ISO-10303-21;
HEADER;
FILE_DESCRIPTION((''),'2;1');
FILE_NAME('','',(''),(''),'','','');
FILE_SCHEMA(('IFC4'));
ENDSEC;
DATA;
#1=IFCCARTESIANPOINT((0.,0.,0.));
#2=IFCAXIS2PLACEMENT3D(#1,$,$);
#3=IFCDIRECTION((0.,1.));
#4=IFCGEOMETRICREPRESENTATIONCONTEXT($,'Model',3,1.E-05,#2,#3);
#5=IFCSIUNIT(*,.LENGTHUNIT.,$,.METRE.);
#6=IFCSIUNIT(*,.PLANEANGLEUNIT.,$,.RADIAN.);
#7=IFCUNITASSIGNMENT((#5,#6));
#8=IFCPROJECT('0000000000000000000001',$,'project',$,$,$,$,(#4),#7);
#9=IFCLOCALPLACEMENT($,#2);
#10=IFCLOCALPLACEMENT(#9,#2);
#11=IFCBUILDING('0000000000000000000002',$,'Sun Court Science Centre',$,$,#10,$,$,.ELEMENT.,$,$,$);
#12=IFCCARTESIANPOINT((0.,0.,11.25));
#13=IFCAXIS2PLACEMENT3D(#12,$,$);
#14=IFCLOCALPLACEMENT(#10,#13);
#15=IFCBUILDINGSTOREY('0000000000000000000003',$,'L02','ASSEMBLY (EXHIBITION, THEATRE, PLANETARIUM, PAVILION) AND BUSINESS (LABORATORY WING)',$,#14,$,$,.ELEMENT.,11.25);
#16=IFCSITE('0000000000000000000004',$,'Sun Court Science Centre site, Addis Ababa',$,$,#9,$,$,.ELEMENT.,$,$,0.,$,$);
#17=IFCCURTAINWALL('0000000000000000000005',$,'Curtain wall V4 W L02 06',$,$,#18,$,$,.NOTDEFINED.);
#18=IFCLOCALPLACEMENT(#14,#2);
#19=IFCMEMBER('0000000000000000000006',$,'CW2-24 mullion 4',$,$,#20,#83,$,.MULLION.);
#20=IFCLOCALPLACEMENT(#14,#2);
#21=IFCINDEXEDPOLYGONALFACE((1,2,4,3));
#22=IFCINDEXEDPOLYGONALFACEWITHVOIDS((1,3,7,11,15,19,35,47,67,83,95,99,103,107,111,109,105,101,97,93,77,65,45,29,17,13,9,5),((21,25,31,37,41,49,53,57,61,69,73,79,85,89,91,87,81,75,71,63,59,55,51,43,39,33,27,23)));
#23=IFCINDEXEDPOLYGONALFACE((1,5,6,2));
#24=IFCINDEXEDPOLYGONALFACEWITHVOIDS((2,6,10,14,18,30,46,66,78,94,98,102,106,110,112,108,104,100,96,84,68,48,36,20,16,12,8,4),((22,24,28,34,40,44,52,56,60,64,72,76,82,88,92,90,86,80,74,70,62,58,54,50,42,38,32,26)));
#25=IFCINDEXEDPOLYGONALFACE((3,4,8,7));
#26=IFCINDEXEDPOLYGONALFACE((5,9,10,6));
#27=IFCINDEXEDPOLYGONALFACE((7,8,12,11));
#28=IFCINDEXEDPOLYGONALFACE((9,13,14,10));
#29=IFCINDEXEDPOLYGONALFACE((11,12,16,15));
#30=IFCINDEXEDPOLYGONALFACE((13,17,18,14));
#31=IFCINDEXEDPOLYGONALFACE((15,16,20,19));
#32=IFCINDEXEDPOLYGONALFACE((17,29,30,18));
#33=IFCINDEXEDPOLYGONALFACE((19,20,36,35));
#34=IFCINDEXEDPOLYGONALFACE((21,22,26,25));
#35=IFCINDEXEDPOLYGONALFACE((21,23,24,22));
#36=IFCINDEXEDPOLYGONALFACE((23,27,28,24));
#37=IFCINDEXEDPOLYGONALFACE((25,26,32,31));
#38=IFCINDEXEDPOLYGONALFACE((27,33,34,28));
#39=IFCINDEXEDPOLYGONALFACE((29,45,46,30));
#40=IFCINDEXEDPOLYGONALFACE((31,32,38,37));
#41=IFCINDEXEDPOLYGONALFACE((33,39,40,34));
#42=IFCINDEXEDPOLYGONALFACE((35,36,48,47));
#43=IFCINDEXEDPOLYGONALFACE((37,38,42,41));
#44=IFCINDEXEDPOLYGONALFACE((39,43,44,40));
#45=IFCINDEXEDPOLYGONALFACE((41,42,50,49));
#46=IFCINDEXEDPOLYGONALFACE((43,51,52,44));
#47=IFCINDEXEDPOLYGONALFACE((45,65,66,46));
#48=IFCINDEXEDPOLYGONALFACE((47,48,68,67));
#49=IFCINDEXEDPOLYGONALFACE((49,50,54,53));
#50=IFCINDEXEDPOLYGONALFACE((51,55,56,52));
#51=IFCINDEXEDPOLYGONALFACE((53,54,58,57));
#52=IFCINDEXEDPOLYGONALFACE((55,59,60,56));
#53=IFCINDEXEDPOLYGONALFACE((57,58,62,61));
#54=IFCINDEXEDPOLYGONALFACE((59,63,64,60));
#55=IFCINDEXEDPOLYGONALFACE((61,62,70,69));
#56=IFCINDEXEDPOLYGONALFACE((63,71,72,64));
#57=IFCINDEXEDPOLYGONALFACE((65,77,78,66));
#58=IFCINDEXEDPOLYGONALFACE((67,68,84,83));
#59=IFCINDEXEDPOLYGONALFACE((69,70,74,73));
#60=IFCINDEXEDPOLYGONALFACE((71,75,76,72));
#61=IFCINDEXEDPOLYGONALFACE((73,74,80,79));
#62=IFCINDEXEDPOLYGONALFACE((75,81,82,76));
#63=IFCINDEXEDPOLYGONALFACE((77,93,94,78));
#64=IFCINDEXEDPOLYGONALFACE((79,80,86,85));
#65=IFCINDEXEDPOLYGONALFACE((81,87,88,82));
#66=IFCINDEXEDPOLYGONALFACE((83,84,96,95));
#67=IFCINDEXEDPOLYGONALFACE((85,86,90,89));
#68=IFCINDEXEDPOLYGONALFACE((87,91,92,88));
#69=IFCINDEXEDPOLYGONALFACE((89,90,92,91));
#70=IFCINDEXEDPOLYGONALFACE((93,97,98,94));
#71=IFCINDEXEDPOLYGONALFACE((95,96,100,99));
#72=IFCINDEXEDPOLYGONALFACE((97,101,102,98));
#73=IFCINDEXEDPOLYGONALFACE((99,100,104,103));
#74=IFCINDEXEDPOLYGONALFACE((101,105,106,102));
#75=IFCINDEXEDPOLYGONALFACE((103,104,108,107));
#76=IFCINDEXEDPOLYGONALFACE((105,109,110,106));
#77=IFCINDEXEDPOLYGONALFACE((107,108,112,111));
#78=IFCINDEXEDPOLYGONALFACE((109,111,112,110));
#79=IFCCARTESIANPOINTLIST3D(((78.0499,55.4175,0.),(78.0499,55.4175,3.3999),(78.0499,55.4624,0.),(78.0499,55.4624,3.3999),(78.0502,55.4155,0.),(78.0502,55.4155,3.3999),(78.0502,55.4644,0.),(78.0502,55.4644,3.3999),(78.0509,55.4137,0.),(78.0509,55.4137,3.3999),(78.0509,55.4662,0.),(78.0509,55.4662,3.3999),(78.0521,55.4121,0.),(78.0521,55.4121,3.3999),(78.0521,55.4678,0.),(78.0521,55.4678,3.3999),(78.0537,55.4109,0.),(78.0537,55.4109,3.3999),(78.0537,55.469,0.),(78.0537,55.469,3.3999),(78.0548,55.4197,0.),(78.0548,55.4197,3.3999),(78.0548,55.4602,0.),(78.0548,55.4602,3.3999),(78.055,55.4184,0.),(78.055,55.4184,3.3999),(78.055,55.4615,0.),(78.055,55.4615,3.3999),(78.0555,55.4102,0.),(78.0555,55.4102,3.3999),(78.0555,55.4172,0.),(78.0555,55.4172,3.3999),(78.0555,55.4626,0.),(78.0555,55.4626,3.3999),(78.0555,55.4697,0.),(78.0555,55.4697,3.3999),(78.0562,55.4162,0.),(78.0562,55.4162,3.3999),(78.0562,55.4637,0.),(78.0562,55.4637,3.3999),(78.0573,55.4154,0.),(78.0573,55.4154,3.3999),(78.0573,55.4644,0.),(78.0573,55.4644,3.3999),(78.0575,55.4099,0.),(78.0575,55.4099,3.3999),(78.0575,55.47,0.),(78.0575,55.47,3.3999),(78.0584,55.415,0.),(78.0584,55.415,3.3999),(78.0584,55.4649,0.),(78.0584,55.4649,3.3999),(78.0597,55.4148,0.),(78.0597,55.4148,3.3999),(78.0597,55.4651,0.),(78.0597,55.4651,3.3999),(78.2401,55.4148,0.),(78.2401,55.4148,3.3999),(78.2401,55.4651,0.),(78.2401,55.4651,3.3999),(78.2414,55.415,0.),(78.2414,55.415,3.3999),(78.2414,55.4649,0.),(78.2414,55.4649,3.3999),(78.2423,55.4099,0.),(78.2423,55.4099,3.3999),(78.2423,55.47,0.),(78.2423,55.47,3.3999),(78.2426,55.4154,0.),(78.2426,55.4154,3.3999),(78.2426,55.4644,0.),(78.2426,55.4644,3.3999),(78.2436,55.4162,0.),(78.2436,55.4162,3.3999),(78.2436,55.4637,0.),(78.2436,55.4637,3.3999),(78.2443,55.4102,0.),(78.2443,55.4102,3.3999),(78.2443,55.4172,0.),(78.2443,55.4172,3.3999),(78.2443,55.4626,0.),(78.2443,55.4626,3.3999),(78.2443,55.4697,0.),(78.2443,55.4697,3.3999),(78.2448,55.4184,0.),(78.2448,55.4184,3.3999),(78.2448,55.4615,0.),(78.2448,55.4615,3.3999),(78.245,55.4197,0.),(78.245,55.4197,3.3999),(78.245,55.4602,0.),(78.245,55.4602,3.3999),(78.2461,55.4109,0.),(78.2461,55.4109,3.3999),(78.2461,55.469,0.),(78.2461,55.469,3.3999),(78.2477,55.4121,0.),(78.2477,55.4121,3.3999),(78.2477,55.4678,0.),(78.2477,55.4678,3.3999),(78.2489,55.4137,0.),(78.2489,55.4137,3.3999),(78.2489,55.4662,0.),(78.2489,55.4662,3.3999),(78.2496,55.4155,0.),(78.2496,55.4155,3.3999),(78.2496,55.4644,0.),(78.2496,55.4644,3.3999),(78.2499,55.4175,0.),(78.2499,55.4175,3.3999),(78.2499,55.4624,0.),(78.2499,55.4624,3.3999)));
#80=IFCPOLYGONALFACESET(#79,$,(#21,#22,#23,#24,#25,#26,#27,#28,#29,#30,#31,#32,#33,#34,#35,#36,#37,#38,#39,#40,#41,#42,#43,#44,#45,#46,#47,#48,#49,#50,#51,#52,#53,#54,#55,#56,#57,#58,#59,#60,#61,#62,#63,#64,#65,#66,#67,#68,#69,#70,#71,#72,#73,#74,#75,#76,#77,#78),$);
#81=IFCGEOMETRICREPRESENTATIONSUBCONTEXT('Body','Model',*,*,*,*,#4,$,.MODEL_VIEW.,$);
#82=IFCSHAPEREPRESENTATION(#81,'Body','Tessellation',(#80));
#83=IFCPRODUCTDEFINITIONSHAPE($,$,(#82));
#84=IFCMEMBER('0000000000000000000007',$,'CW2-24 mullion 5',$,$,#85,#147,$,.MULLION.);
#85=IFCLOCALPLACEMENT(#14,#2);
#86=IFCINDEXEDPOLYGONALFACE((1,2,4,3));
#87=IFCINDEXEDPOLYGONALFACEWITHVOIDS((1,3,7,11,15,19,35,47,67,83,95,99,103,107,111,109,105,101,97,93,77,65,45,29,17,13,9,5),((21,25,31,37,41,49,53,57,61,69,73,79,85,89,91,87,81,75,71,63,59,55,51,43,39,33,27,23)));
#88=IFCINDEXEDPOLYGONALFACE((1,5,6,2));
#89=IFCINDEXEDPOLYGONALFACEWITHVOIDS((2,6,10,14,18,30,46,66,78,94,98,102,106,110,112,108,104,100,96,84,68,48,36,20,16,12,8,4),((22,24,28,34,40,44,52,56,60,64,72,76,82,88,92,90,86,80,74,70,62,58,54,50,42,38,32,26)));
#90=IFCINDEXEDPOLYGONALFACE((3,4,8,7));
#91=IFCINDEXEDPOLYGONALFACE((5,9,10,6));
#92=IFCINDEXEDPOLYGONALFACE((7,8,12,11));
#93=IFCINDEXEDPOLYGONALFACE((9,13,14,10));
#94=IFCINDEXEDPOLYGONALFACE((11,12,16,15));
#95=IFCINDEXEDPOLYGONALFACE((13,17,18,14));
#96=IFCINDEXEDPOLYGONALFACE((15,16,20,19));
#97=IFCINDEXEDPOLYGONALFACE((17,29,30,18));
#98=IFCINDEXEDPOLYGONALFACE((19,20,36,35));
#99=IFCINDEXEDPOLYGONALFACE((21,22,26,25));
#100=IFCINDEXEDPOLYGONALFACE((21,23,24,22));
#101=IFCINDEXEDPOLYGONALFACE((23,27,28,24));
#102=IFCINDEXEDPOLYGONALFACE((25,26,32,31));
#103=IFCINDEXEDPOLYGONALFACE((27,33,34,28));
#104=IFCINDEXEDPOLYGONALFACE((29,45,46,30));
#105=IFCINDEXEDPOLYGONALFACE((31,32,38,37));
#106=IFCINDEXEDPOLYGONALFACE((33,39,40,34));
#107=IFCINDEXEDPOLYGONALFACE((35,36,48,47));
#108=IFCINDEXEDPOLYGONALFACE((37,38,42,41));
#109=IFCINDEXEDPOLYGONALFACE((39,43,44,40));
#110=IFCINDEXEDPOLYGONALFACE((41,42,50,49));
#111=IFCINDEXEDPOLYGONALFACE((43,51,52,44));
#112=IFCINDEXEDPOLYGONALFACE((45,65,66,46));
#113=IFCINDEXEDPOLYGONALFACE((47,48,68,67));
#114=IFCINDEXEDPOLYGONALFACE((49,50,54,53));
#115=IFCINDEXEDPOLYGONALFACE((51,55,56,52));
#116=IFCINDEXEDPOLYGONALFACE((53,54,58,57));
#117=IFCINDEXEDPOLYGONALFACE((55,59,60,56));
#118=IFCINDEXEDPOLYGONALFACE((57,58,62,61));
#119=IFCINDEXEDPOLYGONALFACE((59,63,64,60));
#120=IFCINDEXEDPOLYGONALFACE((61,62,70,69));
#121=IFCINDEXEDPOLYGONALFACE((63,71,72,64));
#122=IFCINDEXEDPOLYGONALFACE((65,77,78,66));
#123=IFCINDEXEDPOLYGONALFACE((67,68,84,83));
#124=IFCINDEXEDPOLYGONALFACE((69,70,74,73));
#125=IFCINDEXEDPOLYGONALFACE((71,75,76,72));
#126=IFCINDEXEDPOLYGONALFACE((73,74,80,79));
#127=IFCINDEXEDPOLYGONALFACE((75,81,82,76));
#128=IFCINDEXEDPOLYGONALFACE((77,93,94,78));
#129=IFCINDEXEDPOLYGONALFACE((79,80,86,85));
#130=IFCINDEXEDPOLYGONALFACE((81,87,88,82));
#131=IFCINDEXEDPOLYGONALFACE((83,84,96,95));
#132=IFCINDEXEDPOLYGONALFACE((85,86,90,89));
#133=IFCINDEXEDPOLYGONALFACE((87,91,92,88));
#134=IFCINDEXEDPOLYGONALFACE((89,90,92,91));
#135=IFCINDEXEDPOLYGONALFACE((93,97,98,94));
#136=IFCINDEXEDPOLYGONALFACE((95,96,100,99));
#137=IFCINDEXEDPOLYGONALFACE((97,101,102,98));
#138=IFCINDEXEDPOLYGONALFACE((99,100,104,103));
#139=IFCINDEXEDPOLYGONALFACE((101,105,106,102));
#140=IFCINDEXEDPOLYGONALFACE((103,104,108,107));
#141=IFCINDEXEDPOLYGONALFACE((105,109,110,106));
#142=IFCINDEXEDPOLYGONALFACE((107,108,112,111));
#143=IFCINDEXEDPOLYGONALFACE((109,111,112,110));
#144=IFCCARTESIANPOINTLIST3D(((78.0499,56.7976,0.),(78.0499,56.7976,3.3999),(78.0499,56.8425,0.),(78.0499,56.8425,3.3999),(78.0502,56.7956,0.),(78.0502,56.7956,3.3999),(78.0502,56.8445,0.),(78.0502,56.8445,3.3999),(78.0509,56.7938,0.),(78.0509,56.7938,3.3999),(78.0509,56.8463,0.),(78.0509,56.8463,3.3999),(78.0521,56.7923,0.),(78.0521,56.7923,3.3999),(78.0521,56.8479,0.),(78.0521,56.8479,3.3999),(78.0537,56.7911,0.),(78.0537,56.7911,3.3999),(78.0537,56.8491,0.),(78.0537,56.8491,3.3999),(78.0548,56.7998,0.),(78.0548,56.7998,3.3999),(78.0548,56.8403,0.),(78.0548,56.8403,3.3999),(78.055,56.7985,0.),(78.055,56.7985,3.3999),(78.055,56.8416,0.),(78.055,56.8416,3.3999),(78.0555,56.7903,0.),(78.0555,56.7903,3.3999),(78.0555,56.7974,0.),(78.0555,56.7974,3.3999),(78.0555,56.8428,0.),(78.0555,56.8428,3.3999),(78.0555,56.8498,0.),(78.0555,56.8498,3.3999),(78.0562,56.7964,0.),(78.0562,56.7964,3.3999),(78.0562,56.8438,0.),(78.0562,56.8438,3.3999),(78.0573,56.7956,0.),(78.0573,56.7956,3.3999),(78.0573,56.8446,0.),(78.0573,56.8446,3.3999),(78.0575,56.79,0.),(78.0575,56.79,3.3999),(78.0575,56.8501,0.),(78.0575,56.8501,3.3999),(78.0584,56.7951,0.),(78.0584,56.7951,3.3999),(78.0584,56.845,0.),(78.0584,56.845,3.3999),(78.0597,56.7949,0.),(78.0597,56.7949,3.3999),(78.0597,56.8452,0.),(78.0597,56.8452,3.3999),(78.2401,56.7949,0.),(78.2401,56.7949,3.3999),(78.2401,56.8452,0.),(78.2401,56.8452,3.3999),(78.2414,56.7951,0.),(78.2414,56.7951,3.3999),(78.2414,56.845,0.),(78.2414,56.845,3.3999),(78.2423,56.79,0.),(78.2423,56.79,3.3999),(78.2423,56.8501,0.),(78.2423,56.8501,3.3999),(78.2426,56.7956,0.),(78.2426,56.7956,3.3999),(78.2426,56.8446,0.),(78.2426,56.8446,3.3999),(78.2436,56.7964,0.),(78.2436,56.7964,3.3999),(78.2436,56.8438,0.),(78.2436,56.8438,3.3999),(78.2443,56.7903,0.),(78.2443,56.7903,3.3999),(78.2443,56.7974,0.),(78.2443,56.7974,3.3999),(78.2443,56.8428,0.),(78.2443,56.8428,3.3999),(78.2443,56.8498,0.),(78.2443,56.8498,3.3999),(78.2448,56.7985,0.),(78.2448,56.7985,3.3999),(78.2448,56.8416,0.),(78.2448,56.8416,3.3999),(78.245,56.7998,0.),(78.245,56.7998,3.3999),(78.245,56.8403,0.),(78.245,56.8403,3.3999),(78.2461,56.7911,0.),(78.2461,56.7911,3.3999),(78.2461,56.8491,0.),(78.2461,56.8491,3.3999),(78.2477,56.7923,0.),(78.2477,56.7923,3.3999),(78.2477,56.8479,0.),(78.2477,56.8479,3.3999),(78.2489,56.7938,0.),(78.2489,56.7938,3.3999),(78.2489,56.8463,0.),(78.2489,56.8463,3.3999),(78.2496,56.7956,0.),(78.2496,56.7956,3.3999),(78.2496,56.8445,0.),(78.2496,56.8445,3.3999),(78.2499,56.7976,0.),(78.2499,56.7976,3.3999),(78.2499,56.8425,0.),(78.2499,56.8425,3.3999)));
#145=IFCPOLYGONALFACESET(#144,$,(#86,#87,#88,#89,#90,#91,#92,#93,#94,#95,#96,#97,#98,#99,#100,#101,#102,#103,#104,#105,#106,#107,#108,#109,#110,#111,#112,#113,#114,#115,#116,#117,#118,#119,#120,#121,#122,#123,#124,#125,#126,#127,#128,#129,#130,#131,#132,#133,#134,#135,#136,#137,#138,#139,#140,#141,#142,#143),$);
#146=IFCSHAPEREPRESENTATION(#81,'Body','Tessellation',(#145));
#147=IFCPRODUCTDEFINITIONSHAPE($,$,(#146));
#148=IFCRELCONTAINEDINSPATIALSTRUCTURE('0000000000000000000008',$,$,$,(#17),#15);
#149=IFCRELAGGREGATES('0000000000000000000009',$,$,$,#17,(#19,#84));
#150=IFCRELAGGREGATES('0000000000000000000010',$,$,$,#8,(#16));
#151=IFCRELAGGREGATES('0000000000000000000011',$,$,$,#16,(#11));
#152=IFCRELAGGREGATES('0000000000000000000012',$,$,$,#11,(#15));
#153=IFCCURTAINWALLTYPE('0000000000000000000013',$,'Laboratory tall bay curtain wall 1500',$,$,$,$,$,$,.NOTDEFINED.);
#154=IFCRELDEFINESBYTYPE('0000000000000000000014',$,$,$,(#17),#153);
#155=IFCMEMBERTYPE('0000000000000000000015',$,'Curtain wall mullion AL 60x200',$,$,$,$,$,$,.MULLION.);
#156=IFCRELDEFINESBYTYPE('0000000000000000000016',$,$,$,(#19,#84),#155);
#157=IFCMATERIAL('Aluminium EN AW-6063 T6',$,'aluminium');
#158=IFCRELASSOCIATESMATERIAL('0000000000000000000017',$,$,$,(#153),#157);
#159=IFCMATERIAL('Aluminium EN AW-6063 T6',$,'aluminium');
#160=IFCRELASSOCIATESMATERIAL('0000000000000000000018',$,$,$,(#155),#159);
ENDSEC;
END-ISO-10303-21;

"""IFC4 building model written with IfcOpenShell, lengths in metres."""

from ifc_helpers import new_model, si_unit, direction, frame, origin, origin_2d, place, context, subcontext, project, spatial, hollow_rectangle, extrude, material, material_profile, profile_set, type_object, element, aggregate, save


model = new_model("IFC4")

# Units and contexts
model_context = context("Model", 3, precision=1e-05, world=origin(), true_north=direction((0.0, 1.0)))
body_context = subcontext(model_context, "Body", "Model", "MODEL_VIEW")
ifc_project = project(units=[si_unit("LENGTHUNIT", "METRE"), si_unit("PLANEANGLEUNIT", "RADIAN")], contexts=[model_context])

# Site, building, storey
site_placement = place(None, origin())
site = spatial("IfcSite", under=ifc_project, at=site_placement, Name="Sun Court Science Centre site, Addis Ababa", CompositionType="ELEMENT", RefElevation=0.0)
building_placement = place(site_placement, origin())
building = spatial("IfcBuilding", under=site, at=building_placement, Name="Sun Court Science Centre", CompositionType="ELEMENT")
storey_placement = place(building_placement, frame((0.0, 0.0, 11.25)))
storey = spatial("IfcBuildingStorey", under=building, at=storey_placement, Name="L02", Description="ASSEMBLY (EXHIBITION, THEATRE, PLANETARIUM, PAVILION) AND BUSINESS (LABORATORY WING)", CompositionType="ELEMENT", Elevation=11.25)

# Shared definitions
ifc_material_1 = material(Name="Aluminium EN AW-6063 T6", Category="aluminium")
curtain_wall_type = type_object("IfcCurtainWallType", Name="Laboratory tall bay curtain wall 1500", PredefinedType="NOTDEFINED", material=ifc_material_1)
ifc_material_2 = material(Name="Aluminium EN AW-6063 T6", Category="aluminium")
ifc_material_profile_1 = material_profile(ifc_material_2, hollow_rectangle(XDim=0.0601, YDim=0.2, WallThickness=0.0049, InnerFilletRadius=0.0049, OuterFilletRadius=0.0076, at=origin_2d()), Name="AL 60x200x5")
ifc_profile_set_1 = profile_set([ifc_material_profile_1], Name="Aluminium EN AW-6063 T6")
member_type_1 = type_object("IfcMemberType", Name="Curtain wall mullion AL 60x200", PredefinedType="MULLION", material=ifc_profile_set_1)

# Curtain wall, members
curtain_wall_1_placement = place(storey_placement, origin())
curtain_wall_1 = element("IfcCurtainWall", 1, at=curtain_wall_1_placement, inside=storey, type_object=curtain_wall_type, Name="Curtain wall V4 W L02 06", PredefinedType="NOTDEFINED")
member_1_placement = place(storey_placement, frame((78.1499, 55.4399, 0.0), z_axis=(0.0, 0.0, 1.0), x_axis=(0.0, 1.0, 0.0)))
member_1 = element("IfcMember", 2, at=member_1_placement, type_object=member_type_1, Name="CW2-24 mullion 4", PredefinedType="MULLION", context=body_context, shape_type="SweptSolid", body=[
    extrude(hollow_rectangle(XDim=0.0601, YDim=0.2, WallThickness=0.0049, InnerFilletRadius=0.0049, OuterFilletRadius=0.0076, at=origin_2d()), origin(), (0.0, 0.0, 1.0), 3.3999),
])
member_2_placement = place(storey_placement, frame((78.1499, 56.8201, 0.0), z_axis=(0.0, 0.0, 1.0), x_axis=(0.0, 1.0, 0.0)))
member_2 = element("IfcMember", 3, at=member_2_placement, type_object=member_type_1, Name="CW2-24 mullion 5", PredefinedType="MULLION", context=body_context, shape_type="SweptSolid", body=[
    extrude(hollow_rectangle(XDim=0.0601, YDim=0.2, WallThickness=0.0049, InnerFilletRadius=0.0049, OuterFilletRadius=0.0076, at=origin_2d()), origin(), (0.0, 0.0, 1.0), 3.3999),
])
aggregate(curtain_wall_1, [member_1, member_2])

save(model, "model.ifc")
